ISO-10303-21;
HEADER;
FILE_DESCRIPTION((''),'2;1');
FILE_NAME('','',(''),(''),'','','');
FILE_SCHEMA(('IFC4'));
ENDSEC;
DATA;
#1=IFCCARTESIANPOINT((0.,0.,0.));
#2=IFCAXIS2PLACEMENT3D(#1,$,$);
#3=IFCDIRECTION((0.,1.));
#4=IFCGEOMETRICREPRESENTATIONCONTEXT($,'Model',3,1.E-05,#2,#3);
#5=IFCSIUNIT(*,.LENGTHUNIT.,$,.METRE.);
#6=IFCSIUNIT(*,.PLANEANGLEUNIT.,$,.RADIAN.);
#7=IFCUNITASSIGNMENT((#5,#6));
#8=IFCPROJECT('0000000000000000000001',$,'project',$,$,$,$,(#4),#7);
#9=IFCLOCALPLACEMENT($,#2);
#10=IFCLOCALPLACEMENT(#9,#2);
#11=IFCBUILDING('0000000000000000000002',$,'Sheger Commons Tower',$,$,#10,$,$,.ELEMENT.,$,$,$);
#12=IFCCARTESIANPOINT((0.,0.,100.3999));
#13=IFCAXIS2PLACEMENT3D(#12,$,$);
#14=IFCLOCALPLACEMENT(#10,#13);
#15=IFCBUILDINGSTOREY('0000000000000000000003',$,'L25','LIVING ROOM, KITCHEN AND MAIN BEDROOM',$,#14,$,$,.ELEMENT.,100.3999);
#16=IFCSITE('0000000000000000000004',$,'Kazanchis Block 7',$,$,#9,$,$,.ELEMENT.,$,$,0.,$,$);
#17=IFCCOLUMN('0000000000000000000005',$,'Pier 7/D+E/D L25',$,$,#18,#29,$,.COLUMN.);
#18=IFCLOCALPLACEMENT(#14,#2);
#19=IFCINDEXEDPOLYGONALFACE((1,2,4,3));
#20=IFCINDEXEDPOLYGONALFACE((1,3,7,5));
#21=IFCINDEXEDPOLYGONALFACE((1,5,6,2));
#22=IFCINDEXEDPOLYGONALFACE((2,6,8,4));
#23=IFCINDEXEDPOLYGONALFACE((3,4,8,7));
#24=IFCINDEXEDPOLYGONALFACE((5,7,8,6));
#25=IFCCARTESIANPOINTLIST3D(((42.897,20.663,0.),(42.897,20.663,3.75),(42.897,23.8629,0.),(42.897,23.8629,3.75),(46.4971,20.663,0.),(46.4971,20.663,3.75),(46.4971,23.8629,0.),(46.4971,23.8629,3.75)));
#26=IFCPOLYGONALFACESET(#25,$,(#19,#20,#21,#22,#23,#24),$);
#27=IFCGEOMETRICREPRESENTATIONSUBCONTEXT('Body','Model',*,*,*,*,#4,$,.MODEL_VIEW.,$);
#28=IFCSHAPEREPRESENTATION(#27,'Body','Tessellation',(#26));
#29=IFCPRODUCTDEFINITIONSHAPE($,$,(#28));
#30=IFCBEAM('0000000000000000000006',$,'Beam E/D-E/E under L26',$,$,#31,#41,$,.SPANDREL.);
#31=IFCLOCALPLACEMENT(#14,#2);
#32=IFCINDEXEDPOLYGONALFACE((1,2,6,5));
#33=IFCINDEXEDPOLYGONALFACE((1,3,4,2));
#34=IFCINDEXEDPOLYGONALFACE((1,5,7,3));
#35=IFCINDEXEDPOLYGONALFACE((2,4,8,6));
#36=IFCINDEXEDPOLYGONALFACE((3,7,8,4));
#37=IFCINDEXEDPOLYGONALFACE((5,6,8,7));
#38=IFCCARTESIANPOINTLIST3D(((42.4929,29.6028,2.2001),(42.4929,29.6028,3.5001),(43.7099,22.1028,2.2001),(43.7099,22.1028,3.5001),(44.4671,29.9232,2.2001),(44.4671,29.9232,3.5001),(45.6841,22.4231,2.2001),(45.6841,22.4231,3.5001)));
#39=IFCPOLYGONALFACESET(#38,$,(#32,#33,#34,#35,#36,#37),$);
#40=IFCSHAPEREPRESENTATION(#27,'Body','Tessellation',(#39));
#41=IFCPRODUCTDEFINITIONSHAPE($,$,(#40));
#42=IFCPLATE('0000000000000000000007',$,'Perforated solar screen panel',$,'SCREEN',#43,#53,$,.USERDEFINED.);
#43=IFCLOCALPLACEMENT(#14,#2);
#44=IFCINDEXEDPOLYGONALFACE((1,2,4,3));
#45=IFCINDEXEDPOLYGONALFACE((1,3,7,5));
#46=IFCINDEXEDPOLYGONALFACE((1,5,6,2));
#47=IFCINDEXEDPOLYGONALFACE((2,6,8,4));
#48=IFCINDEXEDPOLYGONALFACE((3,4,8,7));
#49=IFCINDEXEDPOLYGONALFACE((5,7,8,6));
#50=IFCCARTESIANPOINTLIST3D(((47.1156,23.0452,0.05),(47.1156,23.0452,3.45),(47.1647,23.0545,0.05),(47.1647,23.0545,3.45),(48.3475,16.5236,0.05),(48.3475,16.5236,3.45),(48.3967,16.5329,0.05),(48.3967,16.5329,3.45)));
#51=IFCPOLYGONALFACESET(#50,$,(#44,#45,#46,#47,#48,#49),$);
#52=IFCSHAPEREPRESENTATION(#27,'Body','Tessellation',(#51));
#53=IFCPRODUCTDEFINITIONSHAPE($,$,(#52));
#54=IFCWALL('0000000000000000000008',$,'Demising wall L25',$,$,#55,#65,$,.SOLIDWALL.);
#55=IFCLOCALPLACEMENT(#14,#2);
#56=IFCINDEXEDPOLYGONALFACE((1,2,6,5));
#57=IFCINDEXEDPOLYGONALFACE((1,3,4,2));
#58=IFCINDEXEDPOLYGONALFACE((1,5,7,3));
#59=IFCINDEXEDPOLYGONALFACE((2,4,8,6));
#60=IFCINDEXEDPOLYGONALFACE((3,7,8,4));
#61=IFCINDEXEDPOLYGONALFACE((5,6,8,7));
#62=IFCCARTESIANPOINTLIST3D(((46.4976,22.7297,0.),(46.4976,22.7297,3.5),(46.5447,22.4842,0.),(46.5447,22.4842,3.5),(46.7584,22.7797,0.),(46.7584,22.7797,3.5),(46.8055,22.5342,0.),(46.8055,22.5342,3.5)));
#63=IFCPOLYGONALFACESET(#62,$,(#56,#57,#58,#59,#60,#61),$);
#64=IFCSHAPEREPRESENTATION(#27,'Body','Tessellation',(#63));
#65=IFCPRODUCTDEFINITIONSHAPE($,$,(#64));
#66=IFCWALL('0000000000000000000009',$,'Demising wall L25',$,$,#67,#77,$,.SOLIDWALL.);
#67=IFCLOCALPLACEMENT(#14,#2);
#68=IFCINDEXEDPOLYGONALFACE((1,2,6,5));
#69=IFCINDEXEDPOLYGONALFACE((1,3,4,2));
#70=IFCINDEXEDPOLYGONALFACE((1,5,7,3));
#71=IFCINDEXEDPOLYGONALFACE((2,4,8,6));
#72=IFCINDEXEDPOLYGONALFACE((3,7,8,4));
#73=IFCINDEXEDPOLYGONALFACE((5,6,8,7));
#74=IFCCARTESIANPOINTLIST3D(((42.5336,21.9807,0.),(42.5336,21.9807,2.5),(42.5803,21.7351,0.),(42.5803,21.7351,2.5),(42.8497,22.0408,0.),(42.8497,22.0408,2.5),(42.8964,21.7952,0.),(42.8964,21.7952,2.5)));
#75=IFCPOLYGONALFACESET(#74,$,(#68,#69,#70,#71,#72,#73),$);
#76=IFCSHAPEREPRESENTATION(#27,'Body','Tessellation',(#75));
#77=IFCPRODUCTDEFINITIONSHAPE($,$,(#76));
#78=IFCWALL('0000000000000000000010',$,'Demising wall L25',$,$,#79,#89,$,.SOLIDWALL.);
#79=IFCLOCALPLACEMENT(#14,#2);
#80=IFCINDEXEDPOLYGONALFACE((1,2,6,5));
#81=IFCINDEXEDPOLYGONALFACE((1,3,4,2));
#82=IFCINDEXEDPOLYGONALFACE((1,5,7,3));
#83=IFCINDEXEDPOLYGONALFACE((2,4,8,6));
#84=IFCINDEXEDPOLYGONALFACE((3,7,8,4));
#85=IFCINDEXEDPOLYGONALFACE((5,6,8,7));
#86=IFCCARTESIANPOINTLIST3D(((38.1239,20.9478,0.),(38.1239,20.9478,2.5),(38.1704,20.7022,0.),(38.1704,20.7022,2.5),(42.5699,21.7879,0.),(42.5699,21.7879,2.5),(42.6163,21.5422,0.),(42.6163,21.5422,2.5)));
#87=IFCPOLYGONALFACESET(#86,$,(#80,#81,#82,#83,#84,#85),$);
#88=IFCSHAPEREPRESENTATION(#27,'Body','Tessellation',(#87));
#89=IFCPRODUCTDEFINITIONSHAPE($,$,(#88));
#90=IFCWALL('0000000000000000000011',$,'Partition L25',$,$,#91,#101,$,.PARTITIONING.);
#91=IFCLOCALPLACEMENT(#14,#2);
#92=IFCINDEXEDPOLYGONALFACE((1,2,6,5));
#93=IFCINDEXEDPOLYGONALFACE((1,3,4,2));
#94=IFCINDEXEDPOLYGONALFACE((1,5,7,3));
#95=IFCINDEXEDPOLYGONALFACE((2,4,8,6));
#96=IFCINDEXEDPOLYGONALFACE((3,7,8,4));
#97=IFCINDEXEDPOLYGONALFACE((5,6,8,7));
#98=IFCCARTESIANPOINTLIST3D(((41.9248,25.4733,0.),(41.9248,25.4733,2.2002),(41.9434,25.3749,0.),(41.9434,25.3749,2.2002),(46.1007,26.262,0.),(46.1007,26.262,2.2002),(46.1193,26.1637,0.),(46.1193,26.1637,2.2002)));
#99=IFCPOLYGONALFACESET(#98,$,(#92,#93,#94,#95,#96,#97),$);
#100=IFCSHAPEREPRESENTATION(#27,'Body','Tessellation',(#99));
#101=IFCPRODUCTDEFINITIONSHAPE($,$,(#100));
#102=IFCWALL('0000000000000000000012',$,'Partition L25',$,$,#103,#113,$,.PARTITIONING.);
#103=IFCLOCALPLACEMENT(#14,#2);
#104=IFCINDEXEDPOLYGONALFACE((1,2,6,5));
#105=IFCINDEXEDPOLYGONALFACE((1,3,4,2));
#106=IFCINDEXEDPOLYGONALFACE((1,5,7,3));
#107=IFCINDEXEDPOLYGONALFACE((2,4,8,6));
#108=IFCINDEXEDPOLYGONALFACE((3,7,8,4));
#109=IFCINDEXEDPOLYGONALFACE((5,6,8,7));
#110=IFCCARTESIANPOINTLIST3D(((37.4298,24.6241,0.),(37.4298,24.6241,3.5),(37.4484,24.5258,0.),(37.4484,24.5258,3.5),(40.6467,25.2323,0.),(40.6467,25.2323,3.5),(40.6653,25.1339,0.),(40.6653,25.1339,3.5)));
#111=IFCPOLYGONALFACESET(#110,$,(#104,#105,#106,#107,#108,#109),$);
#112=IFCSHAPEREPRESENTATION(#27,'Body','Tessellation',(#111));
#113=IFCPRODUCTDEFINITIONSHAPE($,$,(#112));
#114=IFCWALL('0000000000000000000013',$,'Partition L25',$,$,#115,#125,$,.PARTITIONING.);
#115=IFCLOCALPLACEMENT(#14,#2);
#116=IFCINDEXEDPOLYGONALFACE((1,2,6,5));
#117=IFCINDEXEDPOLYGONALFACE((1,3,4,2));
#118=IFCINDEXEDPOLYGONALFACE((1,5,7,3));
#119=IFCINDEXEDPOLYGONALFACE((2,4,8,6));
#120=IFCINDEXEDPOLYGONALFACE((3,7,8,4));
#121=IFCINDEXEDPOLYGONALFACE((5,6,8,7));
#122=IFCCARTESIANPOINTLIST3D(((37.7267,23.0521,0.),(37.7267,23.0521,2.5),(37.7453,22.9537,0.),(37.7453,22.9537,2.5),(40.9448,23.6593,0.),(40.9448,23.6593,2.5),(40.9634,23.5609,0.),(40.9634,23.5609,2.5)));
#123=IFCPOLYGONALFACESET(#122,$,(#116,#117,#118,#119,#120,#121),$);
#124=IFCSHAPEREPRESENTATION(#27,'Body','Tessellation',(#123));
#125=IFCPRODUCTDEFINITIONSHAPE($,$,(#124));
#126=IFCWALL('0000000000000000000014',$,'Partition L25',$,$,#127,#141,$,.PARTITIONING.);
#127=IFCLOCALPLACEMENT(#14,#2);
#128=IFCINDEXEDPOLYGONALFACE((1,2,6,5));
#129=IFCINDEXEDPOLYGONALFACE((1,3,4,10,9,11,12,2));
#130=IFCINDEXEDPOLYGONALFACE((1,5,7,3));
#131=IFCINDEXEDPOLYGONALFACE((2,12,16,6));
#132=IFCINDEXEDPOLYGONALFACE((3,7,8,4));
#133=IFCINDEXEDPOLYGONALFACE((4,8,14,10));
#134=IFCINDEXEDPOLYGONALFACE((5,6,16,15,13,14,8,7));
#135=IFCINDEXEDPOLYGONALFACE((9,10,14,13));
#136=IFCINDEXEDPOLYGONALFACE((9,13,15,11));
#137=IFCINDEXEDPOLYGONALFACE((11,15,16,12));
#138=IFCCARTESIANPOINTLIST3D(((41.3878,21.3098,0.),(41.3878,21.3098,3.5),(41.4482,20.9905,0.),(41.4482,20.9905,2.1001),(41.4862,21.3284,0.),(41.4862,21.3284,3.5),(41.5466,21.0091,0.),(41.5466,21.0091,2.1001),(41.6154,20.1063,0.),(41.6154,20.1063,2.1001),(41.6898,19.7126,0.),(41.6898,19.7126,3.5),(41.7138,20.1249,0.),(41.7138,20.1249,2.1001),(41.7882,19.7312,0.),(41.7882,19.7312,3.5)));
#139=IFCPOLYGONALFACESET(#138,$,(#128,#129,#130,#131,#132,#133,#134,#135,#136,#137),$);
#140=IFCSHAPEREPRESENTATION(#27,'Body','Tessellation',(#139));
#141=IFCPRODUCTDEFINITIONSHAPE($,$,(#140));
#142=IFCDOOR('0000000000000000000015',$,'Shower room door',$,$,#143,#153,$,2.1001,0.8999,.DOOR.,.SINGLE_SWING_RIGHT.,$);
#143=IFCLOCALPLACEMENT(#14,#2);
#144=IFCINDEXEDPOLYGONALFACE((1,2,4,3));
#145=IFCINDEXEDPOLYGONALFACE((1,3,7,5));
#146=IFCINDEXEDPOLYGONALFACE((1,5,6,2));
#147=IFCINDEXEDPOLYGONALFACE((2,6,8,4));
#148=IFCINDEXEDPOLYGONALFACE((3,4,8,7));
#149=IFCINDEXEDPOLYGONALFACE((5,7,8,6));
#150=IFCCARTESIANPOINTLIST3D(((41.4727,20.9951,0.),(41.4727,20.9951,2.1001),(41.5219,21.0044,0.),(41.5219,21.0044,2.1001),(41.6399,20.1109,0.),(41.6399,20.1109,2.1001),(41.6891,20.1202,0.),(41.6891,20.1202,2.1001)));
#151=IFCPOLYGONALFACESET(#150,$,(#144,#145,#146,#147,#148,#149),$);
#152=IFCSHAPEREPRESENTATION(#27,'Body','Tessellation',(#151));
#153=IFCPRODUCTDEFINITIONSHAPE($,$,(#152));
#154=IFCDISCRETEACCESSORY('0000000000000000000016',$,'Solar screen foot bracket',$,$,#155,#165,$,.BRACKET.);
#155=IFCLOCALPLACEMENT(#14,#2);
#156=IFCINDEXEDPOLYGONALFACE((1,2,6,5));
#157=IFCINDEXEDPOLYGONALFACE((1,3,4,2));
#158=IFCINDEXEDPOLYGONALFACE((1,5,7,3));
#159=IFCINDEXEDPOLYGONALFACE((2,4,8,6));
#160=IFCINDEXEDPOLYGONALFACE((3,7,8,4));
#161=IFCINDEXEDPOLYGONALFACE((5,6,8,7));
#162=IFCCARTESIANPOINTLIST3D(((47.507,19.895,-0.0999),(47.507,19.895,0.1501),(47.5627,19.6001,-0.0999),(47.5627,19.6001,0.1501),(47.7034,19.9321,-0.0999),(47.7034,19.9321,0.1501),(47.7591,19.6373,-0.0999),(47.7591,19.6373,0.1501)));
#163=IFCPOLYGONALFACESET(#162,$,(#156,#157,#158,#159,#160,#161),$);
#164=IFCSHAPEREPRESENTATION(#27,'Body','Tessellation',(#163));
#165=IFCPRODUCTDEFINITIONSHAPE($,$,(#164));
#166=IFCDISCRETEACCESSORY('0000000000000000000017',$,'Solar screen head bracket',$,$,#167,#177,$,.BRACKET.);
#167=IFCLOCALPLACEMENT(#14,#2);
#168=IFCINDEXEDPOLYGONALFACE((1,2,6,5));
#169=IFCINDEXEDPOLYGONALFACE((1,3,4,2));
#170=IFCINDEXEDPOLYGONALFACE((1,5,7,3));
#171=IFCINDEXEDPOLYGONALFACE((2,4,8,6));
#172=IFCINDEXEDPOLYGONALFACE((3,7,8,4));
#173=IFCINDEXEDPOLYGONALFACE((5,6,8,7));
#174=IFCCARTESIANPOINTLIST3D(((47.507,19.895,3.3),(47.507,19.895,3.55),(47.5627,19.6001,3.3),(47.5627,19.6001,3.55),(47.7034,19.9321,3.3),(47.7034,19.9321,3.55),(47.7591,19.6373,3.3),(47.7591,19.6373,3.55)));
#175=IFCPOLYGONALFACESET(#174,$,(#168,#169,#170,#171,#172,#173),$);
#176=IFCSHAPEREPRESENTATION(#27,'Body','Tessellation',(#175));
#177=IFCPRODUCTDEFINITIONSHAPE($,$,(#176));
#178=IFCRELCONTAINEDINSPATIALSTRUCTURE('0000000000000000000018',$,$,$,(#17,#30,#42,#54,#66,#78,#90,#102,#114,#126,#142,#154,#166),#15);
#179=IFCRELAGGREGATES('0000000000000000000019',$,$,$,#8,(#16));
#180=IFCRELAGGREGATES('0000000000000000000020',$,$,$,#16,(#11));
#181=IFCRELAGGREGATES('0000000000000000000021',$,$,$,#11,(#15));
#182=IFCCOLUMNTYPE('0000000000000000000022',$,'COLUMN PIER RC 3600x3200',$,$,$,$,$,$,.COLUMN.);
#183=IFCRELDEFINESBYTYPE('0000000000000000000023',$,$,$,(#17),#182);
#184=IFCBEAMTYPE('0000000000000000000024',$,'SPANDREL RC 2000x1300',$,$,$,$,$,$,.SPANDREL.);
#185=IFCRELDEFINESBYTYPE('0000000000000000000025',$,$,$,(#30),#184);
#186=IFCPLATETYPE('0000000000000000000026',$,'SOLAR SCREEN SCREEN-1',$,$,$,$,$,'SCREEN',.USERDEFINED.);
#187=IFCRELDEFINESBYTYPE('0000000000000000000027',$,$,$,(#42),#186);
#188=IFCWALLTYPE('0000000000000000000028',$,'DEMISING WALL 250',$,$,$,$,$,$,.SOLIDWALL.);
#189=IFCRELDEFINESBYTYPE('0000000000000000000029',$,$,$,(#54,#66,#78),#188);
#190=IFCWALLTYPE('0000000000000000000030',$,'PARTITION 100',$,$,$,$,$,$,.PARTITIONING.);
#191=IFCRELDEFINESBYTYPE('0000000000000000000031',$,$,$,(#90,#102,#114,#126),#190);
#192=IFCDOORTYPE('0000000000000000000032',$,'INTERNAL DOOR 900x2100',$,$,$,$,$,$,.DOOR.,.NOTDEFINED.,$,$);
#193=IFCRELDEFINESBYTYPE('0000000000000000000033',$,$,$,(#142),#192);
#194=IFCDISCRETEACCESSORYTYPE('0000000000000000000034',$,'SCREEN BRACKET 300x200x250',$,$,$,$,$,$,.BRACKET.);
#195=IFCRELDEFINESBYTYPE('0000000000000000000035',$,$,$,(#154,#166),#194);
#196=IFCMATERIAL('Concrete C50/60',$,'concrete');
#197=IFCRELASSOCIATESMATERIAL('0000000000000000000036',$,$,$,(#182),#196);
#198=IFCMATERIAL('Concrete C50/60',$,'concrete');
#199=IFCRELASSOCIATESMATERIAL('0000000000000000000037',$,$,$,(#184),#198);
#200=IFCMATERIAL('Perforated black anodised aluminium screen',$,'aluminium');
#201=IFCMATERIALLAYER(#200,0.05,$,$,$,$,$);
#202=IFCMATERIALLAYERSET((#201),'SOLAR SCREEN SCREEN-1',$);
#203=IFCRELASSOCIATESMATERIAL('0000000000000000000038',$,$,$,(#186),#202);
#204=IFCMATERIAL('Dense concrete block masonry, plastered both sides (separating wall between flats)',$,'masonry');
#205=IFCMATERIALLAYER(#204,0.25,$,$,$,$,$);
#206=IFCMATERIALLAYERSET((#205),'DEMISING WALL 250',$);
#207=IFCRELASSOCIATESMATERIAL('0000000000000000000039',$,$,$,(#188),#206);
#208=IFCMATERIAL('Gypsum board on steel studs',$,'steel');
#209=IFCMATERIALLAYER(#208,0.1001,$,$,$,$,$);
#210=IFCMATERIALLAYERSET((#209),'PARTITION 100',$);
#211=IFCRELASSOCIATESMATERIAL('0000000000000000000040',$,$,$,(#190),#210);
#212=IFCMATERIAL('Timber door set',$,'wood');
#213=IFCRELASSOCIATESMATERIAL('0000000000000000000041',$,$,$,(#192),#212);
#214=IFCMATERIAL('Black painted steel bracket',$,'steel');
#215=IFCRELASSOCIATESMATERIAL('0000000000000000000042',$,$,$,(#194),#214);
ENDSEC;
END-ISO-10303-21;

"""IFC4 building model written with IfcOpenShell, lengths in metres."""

from ifc_helpers import new_model, si_unit, direction, frame, frame_2d, origin, origin_2d, place, context, subcontext, project, spatial, rectangle, extrude, material, layer, layer_set, material_profile, profile_set, type_object, element, fill, save


model = new_model("IFC4")

# Units and contexts
model_context = context("Model", 3, precision=1e-05, world=origin(), true_north=direction((0.0, 1.0)))
body_context = subcontext(model_context, "Body", "Model", "MODEL_VIEW")
ifc_project = project(units=[si_unit("LENGTHUNIT", "METRE"), si_unit("PLANEANGLEUNIT", "RADIAN")], contexts=[model_context])

# Site, building, storey
site_placement = place(None, origin())
site = spatial("IfcSite", under=ifc_project, at=site_placement, Name="Kazanchis Block 7", CompositionType="ELEMENT", RefElevation=0.0)
building_placement = place(site_placement, origin())
building = spatial("IfcBuilding", under=site, at=building_placement, Name="Sheger Commons Tower", CompositionType="ELEMENT")
storey_placement = place(building_placement, frame((0.0, 0.0, 100.3999)))
storey = spatial("IfcBuildingStorey", under=building, at=storey_placement, Name="L25", Description="LIVING ROOM, KITCHEN AND MAIN BEDROOM", CompositionType="ELEMENT", Elevation=100.3999)

# Column
ifc_material_1 = material(Name="Concrete C50/60", Category="concrete")
ifc_material_profile_1 = material_profile(ifc_material_1, rectangle(XDim=3.6001, YDim=3.2, at=origin_2d()), Name="RC 3600x3200")
ifc_profile_set_1 = profile_set([ifc_material_profile_1], Name="Concrete C50/60")
column_type = type_object("IfcColumnType", Name="COLUMN PIER RC 3600x3200", PredefinedType="COLUMN", material=ifc_profile_set_1)
column_placement = place(storey_placement, frame((44.697, 22.2629, 0.0), z_axis=(0.0, 0.0, 1.0), x_axis=(1.0, 0.0, 0.0)))
element("IfcColumn", 1, at=column_placement, inside=storey, type_object=column_type, Name="Pier 7/D+E/D L25", PredefinedType="COLUMN", context=body_context, shape_type="SweptSolid", body=[
    extrude(rectangle(XDim=3.6001, YDim=3.2, at=origin_2d()), origin(), (0.0, 0.0, 1.0), 3.75),
])

# Beam
ifc_material_2 = material(Name="Concrete C50/60", Category="concrete")
ifc_material_profile_2 = material_profile(ifc_material_2, rectangle(XDim=2.0, YDim=1.3, at=origin_2d()), Name="RC 2000x1300")
ifc_profile_set_2 = profile_set([ifc_material_profile_2], Name="Concrete C50/60")
beam_type = type_object("IfcBeamType", Name="SPANDREL RC 2000x1300", PredefinedType="SPANDREL", material=ifc_profile_set_2)
beam_placement = place(storey_placement, frame((44.697, 22.2629, 2.8501), z_axis=(-0.160177, 0.987088, 0.0), x_axis=(-0.987088, -0.160177, 0.0)))
element("IfcBeam", 2, at=beam_placement, inside=storey, type_object=beam_type, Name="Beam E/D-E/E under L26", PredefinedType="SPANDREL", context=body_context, shape_type="SweptSolid", body=[
    extrude(rectangle(XDim=2.0, YDim=1.3, at=origin_2d()), origin(), (0.0, 0.0, 1.0), 7.5981),
])

# Plate
ifc_material_3 = material(Name="Perforated black anodised aluminium screen", Category="aluminium")
ifc_layer_1 = layer(ifc_material_3, 0.05)
ifc_layer_set_1 = layer_set([ifc_layer_1], Name="SOLAR SCREEN SCREEN-1")
plate_type = type_object("IfcPlateType", Name="SOLAR SCREEN SCREEN-1", ElementType="SCREEN", PredefinedType="USERDEFINED", material=ifc_layer_set_1)
plate_placement = place(storey_placement, frame((47.7561, 19.7891, 0.05), z_axis=(0.0, 0.0, 1.0), x_axis=(-0.185615, 0.982623, 0.0)))
element("IfcPlate", 3, at=plate_placement, inside=storey, type_object=plate_type, Name="Perforated solar screen panel", ObjectType="SCREEN", PredefinedType="USERDEFINED", context=body_context, shape_type="SweptSolid", body=[
    extrude(rectangle(XDim=6.637, YDim=0.05, at=origin_2d()), origin(), (0.0, 0.0, 1.0), 3.3999),
])

# Walls
ifc_material_4 = material(Name="Dense concrete block masonry, plastered both sides (separating wall between flats)", Category="masonry")
ifc_layer_2 = layer(ifc_material_4, 0.25)
ifc_layer_set_2 = layer_set([ifc_layer_2], Name="DEMISING WALL 250")
wall_type_1 = type_object("IfcWallType", Name="DEMISING WALL 250", PredefinedType="SOLIDWALL", material=ifc_layer_set_2)
wall_1_placement = place(storey_placement, frame((46.782, 22.657, 0.0), z_axis=(0.0, 0.0, 1.0), x_axis=(-0.982105, -0.188336, 0.0)))
element("IfcWall", 4, at=wall_1_placement, inside=storey, type_object=wall_type_1, Name="Demising wall L25", PredefinedType="SOLIDWALL", context=body_context, shape_type="SweptSolid", body=[
    extrude(rectangle(XDim=0.2656, YDim=0.25, at=frame_2d((0.1328, 0.0))), origin(), (0.0, 0.0, 1.0), 3.5),
])
wall_2_placement = place(storey_placement, frame((42.873, 21.918, 0.0), z_axis=(0.0, 0.0, 1.0), x_axis=(-0.982431, -0.186624, 0.0)))
element("IfcWall", 5, at=wall_2_placement, inside=storey, type_object=wall_type_1, Name="Demising wall L25", PredefinedType="SOLIDWALL", context=body_context, shape_type="SweptSolid", body=[
    extrude(rectangle(XDim=0.3218, YDim=0.25, at=frame_2d((0.1609, 0.0))), origin(), (0.0, 0.0, 1.0), 2.5),
])
wall_3_placement = place(storey_placement, frame((42.593, 21.665, 0.0), z_axis=(0.0, 0.0, 1.0), x_axis=(-0.982613, -0.185666, 0.0)))
element("IfcWall", 6, at=wall_3_placement, inside=storey, type_object=wall_type_1, Name="Demising wall L25", PredefinedType="SOLIDWALL", context=body_context, shape_type="SweptSolid", body=[
    extrude(rectangle(XDim=4.5247, YDim=0.25, at=frame_2d((2.2622, 0.0))), origin(), (0.0, 0.0, 1.0), 2.5),
])
ifc_material_5 = material(Name="Gypsum board on steel studs", Category="steel")
ifc_layer_3 = layer(ifc_material_5, 0.1001)
ifc_layer_set_3 = layer_set([ifc_layer_3], Name="PARTITION 100")
wall_type_2 = type_object("IfcWallType", Name="PARTITION 100", PredefinedType="PARTITIONING", material=ifc_layer_set_3)
wall_4_placement = place(storey_placement, frame((46.1101, 26.2129, 0.0), z_axis=(0.0, 0.0, 1.0), x_axis=(-0.982624, -0.18561, 0.0)))
element("IfcWall", 7, at=wall_4_placement, inside=storey, type_object=wall_type_2, Name="Partition L25", PredefinedType="PARTITIONING", context=body_context, shape_type="SweptSolid", body=[
    extrude(rectangle(XDim=4.2498, YDim=0.1001, at=frame_2d((2.125, 0.0))), origin(), (0.0, 0.0, 1.0), 2.2002),
])
wall_5_placement = place(storey_placement, frame((40.656, 25.1831, 0.0), z_axis=(0.0, 0.0, 1.0), x_axis=(-0.982597, -0.185752, 0.0)))
element("IfcWall", 8, at=wall_5_placement, inside=storey, type_object=wall_type_2, Name="Partition L25", PredefinedType="PARTITIONING", context=body_context, shape_type="SweptSolid", body=[
    extrude(rectangle(XDim=3.2739, YDim=0.1001, at=frame_2d((1.637, 0.0))), origin(), (0.0, 0.0, 1.0), 3.5),
])
wall_6_placement = place(storey_placement, frame((40.9541, 23.6101, 0.0), z_axis=(0.0, 0.0, 1.0), x_axis=(-0.982661, -0.185409, 0.0)))
element("IfcWall", 9, at=wall_6_placement, inside=storey, type_object=wall_type_2, Name="Partition L25", PredefinedType="PARTITIONING", context=body_context, shape_type="SweptSolid", body=[
    extrude(rectangle(XDim=3.2749, YDim=0.1001, at=frame_2d((1.6375, 0.0))), origin(), (0.0, 0.0, 1.0), 2.5),
])

# Wall, opening, door
wall_7_placement = place(storey_placement, frame((41.437, 21.3191, 0.0), z_axis=(0.0, 0.0, 1.0), x_axis=(0.185794, -0.982589, 0.0)))
wall_7 = element("IfcWall", 10, at=wall_7_placement, inside=storey, type_object=wall_type_2, Name="Partition L25", PredefinedType="PARTITIONING", context=body_context, shape_type="SweptSolid", body=[
    extrude(rectangle(XDim=1.6255, YDim=0.1001, at=frame_2d((0.8127, 0.0))), origin(), (0.0, 0.0, 1.0), 3.5),
])
opening_placement = place(wall_7_placement, frame((0.325, 0.0, 0.0)))
opening = element("IfcOpeningElement", 11, at=opening_placement, cuts=wall_7, PredefinedType="OPENING", context=body_context, shape_type="SweptSolid", body=[
    extrude(rectangle(XDim=0.8999, YDim=2.1001, at=frame_2d((0.45, 1.05))), frame((0.0, 0.0601, 0.0), z_axis=(0.0, -1.0, 0.0), x_axis=(1.0, 0.0, 0.0)), (0.0, 0.0, 1.0), 0.1201),
])
ifc_material_6 = material(Name="Timber door set", Category="wood")
door_type = type_object("IfcDoorType", Name="INTERNAL DOOR 900x2100", OperationType="NOTDEFINED", PredefinedType="DOOR", material=ifc_material_6)
door_placement = place(opening_placement, origin())
door = element("IfcDoor", 12, at=door_placement, inside=storey, type_object=door_type, Name="Shower room door", OperationType="SINGLE_SWING_RIGHT", OverallHeight=2.1001, OverallWidth=0.8999, PredefinedType="DOOR", context=body_context, shape_type="SweptSolid", body=[
    extrude(rectangle(XDim=0.8999, YDim=2.1001, at=frame_2d((0.45, 1.05))), frame((0.0, 0.0249, 0.0), z_axis=(0.0, -1.0, 0.0), x_axis=(1.0, 0.0, 0.0)), (0.0, 0.0, 1.0), 0.05),
])
fill(opening, door)

# Discrete accessories
ifc_material_7 = material(Name="Black painted steel bracket", Category="steel")
discrete_accessory_type = type_object("IfcDiscreteAccessoryType", Name="SCREEN BRACKET 300x200x250", PredefinedType="BRACKET", material=ifc_material_7)
for number, where, z_axis, x_axis, name in (
    (13, (47.6331, 19.7661, -0.0999), (0.0, 0.0, 1.0), (-0.185615, 0.982623, 0.0), "Solar screen foot bracket"),
    (14, (47.6331, 19.7661, 3.3), (0.0, 0.0, 1.0), (-0.185615, 0.982623, 0.0), "Solar screen head bracket"),
):
    element("IfcDiscreteAccessory", number, at=place(storey_placement, frame(where, z_axis=z_axis, x_axis=x_axis)), inside=storey, type_object=discrete_accessory_type, Name=name, PredefinedType="BRACKET", context=body_context, shape_type="SweptSolid", body=[
        extrude(rectangle(XDim=0.3, YDim=0.2, at=origin_2d()), origin(), (0.0, 0.0, 1.0), 0.25),
    ])

save(model, "model.ifc")
